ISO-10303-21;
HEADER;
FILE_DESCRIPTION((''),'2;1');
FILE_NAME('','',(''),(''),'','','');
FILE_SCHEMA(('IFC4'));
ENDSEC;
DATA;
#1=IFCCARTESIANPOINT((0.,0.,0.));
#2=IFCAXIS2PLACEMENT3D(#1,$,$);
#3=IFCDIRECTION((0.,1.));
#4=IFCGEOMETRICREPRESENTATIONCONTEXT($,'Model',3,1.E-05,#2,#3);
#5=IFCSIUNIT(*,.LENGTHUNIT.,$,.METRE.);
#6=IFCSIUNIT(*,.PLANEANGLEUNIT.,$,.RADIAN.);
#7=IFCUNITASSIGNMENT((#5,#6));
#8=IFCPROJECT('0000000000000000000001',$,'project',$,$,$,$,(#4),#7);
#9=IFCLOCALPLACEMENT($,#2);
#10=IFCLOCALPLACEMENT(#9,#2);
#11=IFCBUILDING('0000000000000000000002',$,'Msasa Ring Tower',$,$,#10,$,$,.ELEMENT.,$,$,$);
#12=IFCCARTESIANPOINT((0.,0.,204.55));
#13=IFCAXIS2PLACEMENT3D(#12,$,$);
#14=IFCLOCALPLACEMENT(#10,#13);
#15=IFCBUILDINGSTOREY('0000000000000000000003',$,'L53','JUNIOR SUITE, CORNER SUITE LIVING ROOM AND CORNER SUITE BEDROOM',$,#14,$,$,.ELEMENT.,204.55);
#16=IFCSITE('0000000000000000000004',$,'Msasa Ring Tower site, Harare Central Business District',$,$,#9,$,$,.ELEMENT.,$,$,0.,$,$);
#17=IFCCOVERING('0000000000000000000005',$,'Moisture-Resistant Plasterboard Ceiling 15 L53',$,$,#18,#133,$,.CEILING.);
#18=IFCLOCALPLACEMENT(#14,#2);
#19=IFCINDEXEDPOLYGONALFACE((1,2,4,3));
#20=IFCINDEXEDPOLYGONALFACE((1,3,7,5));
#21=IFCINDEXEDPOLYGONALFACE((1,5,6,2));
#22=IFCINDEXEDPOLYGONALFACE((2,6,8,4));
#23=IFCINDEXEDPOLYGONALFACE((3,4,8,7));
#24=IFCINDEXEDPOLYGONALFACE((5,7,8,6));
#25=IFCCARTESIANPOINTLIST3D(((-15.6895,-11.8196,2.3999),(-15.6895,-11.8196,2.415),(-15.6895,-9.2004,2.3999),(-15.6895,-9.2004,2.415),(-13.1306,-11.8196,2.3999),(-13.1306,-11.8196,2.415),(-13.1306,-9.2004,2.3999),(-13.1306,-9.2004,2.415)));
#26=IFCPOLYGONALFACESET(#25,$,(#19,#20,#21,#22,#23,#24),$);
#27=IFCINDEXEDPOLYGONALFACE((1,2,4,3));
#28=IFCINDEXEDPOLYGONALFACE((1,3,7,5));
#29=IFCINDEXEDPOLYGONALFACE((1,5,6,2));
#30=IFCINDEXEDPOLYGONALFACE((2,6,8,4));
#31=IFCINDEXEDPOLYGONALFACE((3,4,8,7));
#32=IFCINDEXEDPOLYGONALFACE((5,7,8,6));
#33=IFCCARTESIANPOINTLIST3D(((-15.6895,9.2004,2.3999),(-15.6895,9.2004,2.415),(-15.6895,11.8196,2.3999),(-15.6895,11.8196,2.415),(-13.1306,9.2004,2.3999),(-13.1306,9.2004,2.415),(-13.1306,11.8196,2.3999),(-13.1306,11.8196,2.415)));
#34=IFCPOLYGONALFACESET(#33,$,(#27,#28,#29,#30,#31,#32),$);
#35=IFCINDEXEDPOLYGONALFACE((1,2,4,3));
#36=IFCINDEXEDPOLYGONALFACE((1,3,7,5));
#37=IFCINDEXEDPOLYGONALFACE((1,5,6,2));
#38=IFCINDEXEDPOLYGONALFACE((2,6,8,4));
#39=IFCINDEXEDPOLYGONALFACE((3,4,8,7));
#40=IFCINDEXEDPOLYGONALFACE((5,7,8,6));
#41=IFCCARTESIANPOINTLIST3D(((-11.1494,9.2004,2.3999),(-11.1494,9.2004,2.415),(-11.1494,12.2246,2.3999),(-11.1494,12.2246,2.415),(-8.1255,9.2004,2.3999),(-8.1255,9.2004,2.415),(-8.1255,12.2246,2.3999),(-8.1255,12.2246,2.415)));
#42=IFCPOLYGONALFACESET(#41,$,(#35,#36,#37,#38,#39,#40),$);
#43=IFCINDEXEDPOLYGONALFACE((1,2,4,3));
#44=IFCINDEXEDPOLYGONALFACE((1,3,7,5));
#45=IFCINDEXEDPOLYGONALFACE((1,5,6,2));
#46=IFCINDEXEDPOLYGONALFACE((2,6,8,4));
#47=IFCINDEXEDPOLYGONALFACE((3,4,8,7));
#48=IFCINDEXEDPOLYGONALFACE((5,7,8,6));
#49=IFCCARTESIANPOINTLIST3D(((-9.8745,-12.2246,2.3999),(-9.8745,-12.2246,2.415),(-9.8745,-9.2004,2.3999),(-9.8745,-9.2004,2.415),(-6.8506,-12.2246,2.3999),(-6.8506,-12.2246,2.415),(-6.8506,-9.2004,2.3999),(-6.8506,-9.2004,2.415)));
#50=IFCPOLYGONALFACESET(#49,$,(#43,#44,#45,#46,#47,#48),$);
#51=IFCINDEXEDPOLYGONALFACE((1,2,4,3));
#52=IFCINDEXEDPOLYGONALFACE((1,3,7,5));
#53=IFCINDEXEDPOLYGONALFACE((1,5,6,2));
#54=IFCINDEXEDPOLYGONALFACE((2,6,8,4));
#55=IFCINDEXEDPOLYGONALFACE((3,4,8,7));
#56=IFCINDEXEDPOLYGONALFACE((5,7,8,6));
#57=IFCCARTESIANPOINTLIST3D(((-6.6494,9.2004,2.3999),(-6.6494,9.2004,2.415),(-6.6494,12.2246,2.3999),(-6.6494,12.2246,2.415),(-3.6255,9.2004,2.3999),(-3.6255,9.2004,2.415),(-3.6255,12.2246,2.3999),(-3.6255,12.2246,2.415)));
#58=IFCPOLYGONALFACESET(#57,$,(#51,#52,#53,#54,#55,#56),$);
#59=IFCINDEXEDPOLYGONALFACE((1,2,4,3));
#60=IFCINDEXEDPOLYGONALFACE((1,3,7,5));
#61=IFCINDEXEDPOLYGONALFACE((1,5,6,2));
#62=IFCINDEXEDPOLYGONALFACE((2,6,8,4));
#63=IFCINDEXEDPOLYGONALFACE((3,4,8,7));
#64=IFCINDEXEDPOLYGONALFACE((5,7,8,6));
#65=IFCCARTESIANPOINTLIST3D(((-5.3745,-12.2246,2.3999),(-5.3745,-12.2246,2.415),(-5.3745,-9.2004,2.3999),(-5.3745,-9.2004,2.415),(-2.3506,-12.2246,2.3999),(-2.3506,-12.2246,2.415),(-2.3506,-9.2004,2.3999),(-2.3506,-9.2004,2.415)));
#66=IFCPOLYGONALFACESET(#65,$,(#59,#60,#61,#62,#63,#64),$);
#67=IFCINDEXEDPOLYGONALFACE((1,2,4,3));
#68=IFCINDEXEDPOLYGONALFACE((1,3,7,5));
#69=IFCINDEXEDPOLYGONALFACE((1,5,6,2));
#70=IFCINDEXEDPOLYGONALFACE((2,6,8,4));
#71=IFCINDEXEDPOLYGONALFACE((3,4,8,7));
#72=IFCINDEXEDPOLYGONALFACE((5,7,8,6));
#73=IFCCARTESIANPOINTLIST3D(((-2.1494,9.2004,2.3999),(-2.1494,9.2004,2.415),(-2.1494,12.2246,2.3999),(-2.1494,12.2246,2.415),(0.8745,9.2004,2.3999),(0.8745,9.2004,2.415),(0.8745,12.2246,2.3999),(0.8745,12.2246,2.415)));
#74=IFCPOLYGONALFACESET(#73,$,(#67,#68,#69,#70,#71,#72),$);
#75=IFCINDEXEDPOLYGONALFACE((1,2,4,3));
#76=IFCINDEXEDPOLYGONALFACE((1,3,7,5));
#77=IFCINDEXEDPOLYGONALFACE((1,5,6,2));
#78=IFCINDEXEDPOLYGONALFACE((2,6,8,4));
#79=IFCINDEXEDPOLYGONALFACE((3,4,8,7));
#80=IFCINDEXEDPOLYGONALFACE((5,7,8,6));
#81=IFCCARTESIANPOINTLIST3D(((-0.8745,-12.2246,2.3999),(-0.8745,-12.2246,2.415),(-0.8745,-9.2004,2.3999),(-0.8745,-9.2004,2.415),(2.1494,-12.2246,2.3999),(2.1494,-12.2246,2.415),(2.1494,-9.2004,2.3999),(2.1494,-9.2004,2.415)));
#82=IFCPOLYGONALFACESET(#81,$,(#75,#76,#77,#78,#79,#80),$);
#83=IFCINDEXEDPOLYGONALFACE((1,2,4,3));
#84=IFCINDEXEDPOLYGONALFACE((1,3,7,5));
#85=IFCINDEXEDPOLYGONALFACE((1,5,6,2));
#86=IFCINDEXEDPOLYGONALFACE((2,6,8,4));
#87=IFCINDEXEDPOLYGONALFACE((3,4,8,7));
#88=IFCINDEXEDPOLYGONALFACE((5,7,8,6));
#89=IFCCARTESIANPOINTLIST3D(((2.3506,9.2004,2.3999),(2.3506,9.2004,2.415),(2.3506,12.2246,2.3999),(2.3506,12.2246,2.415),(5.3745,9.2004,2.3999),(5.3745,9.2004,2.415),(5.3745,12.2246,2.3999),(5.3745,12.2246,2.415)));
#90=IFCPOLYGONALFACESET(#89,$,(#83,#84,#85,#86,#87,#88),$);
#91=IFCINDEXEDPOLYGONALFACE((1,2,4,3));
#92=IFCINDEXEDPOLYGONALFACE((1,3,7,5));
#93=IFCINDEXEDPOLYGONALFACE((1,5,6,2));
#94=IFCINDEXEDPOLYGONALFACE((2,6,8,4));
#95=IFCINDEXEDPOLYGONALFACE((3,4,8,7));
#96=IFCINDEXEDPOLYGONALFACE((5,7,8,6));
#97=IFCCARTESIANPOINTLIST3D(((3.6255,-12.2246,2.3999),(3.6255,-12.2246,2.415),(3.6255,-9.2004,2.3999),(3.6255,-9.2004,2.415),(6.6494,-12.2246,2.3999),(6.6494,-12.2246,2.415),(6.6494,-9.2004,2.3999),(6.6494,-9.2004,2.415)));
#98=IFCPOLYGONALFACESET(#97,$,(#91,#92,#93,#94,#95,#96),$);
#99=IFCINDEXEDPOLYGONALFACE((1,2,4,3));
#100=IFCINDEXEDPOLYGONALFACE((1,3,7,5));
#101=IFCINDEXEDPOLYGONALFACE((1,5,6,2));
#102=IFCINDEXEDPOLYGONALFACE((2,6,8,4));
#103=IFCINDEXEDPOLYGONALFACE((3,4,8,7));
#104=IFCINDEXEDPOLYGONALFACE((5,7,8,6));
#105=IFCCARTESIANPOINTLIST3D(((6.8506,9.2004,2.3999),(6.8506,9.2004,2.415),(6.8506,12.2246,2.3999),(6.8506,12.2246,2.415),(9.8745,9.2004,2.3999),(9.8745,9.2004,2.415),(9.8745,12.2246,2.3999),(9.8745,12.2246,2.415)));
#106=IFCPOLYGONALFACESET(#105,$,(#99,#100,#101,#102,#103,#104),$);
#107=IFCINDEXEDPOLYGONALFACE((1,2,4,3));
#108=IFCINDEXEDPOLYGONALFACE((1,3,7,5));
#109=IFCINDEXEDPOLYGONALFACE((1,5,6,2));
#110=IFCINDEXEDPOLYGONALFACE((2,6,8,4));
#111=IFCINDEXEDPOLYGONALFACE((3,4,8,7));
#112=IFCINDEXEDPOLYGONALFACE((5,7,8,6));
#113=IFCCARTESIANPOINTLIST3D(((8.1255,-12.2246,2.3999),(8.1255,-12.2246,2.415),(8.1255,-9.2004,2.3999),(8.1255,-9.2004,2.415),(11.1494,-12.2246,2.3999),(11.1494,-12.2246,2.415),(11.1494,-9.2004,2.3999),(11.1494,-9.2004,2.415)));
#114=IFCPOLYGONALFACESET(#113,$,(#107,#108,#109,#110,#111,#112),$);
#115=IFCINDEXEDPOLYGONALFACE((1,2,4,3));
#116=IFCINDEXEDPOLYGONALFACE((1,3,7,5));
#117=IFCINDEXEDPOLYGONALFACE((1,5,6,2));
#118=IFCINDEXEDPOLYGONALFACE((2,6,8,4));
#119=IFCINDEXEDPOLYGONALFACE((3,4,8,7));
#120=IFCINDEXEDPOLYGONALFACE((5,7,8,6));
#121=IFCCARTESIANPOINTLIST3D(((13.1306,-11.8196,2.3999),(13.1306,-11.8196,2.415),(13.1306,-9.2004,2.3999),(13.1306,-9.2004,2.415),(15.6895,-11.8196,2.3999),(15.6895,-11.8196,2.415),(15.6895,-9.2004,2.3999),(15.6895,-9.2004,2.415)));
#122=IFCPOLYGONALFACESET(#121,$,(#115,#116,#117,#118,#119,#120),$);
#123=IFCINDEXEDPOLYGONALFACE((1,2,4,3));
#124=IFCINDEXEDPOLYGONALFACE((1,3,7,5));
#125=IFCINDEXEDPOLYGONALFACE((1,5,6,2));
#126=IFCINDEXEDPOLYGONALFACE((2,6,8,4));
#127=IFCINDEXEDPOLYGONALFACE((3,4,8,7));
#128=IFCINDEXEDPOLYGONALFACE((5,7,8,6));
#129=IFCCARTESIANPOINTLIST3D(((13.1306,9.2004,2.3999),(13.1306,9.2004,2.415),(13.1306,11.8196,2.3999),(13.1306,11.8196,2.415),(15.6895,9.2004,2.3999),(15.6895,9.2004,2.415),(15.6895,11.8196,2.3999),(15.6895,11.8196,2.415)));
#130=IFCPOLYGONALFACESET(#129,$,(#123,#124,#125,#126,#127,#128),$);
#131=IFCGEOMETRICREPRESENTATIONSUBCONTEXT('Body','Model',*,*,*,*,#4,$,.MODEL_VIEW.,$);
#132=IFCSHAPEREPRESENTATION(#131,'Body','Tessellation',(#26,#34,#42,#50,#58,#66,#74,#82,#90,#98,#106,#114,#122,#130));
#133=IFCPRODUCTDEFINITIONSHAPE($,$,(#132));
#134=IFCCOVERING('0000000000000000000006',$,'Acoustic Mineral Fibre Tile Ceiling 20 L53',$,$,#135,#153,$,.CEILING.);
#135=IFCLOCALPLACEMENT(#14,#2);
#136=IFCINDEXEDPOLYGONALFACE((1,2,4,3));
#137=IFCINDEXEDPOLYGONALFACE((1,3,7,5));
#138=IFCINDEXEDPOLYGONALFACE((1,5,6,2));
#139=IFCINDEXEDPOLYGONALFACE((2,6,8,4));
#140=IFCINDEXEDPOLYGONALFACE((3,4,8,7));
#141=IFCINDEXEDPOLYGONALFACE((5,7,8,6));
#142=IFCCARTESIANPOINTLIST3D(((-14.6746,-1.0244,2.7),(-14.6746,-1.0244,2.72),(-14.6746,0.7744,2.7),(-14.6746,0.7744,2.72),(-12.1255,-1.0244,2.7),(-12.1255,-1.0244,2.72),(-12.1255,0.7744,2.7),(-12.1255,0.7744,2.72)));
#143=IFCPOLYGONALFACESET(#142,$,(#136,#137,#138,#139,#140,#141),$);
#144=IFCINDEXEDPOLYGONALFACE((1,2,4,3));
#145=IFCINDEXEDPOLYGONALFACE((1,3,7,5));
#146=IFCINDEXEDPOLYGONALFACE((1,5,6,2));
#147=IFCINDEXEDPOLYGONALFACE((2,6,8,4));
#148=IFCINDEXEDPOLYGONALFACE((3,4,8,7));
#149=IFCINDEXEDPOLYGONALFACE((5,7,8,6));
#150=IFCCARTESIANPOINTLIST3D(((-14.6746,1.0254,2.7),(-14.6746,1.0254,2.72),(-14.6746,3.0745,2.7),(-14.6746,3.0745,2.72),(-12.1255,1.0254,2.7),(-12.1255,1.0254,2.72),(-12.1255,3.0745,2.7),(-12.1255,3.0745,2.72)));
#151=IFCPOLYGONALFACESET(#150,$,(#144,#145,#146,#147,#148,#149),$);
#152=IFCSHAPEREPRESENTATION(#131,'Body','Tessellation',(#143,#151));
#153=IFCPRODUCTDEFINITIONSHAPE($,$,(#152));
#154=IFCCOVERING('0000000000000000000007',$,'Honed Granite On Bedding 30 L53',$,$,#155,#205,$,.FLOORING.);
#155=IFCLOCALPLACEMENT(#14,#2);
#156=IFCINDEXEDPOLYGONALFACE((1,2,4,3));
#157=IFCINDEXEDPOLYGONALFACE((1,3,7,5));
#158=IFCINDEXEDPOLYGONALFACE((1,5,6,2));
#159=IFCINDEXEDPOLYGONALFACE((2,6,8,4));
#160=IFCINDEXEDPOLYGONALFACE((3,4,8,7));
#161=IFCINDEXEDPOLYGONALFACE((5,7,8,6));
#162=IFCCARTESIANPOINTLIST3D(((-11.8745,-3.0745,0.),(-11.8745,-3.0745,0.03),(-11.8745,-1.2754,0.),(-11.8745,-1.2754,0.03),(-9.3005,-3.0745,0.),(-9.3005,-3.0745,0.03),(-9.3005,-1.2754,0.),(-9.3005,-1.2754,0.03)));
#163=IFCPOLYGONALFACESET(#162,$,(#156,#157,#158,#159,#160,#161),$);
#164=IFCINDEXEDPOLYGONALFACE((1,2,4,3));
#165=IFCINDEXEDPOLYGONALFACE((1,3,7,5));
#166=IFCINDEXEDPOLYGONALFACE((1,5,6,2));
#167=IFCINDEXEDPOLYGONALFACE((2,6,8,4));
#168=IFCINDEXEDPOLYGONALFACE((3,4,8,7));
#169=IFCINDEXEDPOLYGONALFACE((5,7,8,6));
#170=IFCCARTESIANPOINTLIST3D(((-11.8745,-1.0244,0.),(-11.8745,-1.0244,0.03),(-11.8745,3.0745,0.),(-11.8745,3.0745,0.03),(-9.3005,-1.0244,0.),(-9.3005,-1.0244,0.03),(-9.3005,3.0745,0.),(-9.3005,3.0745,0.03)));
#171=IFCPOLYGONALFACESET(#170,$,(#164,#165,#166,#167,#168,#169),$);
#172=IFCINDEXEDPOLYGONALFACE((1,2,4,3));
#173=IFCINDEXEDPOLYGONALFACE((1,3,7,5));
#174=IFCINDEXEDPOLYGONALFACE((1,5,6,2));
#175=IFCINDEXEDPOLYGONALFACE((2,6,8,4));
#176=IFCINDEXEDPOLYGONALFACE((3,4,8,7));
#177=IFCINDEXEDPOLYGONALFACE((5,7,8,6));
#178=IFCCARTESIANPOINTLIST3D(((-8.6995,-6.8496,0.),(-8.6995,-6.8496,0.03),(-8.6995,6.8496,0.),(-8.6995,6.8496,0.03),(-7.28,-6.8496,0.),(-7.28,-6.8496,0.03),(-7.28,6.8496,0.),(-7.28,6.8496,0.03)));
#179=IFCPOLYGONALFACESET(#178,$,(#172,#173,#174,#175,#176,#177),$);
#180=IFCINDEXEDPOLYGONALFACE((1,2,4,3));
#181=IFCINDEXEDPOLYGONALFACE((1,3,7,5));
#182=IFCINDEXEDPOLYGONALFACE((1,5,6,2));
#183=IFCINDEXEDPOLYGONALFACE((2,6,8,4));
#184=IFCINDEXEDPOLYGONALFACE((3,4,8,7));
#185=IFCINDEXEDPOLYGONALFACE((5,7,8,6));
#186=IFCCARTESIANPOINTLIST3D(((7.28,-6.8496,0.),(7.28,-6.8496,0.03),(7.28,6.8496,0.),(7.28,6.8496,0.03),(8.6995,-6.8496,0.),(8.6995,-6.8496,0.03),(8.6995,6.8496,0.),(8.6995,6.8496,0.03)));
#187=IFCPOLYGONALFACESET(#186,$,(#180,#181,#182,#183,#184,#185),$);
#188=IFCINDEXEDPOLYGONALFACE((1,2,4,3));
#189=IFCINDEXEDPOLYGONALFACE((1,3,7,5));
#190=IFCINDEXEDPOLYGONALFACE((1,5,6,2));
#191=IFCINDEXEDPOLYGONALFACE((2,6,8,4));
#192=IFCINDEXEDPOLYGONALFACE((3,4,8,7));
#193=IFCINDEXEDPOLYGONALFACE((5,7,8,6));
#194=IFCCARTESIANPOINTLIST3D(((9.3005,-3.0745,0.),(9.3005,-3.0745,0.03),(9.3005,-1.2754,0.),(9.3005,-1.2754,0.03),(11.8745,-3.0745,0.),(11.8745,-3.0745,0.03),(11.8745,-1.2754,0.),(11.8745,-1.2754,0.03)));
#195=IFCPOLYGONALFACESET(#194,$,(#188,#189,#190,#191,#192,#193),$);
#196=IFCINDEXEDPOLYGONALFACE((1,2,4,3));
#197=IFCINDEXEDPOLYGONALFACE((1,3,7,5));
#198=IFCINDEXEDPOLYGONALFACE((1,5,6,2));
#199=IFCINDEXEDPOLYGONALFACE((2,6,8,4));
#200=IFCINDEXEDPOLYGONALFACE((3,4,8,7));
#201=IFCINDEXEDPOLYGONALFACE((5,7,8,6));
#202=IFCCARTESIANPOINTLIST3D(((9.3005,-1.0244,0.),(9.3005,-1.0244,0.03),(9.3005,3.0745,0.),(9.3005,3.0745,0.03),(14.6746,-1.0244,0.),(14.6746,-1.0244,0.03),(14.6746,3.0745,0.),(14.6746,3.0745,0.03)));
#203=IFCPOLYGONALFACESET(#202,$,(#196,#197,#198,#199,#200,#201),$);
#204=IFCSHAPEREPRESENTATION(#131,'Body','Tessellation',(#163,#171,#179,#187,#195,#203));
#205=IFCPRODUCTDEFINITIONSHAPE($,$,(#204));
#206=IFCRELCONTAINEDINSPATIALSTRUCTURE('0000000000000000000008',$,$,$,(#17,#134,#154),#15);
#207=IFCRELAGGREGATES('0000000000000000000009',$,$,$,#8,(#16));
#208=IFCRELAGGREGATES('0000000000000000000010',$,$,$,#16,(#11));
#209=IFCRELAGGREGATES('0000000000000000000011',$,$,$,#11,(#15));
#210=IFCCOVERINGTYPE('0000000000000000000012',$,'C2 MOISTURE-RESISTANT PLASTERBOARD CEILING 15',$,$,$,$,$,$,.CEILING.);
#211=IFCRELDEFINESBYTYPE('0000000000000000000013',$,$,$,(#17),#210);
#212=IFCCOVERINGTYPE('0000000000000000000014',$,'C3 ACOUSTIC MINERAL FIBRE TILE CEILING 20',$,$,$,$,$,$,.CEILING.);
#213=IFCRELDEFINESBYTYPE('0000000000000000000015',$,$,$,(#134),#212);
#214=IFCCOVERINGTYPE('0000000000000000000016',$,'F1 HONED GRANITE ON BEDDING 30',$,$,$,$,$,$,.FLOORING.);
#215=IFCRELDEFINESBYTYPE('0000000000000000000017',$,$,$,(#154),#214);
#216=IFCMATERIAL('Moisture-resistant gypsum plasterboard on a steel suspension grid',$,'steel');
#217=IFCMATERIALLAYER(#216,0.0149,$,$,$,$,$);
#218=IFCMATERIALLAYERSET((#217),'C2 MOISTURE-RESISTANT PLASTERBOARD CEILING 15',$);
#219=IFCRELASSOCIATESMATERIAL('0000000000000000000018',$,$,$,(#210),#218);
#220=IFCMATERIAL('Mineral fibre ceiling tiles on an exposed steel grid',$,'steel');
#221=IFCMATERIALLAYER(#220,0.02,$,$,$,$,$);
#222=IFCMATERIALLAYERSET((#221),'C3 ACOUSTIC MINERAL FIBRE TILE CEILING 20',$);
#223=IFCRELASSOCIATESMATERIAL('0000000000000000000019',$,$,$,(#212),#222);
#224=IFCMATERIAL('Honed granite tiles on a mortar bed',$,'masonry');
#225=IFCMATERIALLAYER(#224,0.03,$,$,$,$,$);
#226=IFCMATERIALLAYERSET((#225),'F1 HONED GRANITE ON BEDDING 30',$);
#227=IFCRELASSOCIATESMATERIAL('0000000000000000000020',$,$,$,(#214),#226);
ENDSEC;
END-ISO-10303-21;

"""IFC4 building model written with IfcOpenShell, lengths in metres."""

from ifc_helpers import new_model, si_unit, direction, frame, origin, place, context, subcontext, project, spatial, line, indexed_curve, outline, extrude, material, layer, layer_set, type_object, element, save


model = new_model("IFC4")

# Units and contexts
model_context = context("Model", 3, precision=1e-05, world=origin(), true_north=direction((0.0, 1.0)))
body_context = subcontext(model_context, "Body", "Model", "MODEL_VIEW")
ifc_project = project(units=[si_unit("LENGTHUNIT", "METRE"), si_unit("PLANEANGLEUNIT", "RADIAN")], contexts=[model_context])

# Site, building, storey
site_placement = place(None, origin())
site = spatial("IfcSite", under=ifc_project, at=site_placement, Name="Msasa Ring Tower site, Harare Central Business District", CompositionType="ELEMENT", RefElevation=0.0)
building_placement = place(site_placement, origin())
building = spatial("IfcBuilding", under=site, at=building_placement, Name="Msasa Ring Tower", CompositionType="ELEMENT")
storey_placement = place(building_placement, frame((0.0, 0.0, 204.55)))
storey = spatial("IfcBuildingStorey", under=building, at=storey_placement, Name="L53", Description="JUNIOR SUITE, CORNER SUITE LIVING ROOM AND CORNER SUITE BEDROOM", CompositionType="ELEMENT", Elevation=204.55)

# Coverings
ifc_material_1 = material(Name="Moisture-resistant gypsum plasterboard on a steel suspension grid", Category="steel")
ifc_layer_1 = layer(ifc_material_1, 0.0149)
ifc_layer_set_1 = layer_set([ifc_layer_1], Name="C2 MOISTURE-RESISTANT PLASTERBOARD CEILING 15")
covering_type_1 = type_object("IfcCoveringType", Name="C2 MOISTURE-RESISTANT PLASTERBOARD CEILING 15", PredefinedType="CEILING", material=ifc_layer_set_1)
covering_1_placement = place(storey_placement, frame((0.0, 0.0, 2.3999)))
element("IfcCovering", 1, at=covering_1_placement, inside=storey, type_object=covering_type_1, Name="Moisture-Resistant Plasterboard Ceiling 15 L53", PredefinedType="CEILING", context=body_context, shape_type="SweptSolid", body=[
    extrude(outline(indexed_curve([(-15.6895, -9.2004), (-13.1306, -9.2004), (-13.1306, -11.8196), (-15.6895, -11.8196)], segments=[line(1, 2, 3, 4, 1)], self_intersect=False)), origin(), (0.0, 0.0, 1.0), 0.0151),
    extrude(outline(indexed_curve([(-15.6895, 11.8196), (-13.1306, 11.8196), (-13.1306, 9.2004), (-15.6895, 9.2004)], segments=[line(1, 2, 3, 4, 1)], self_intersect=False)), origin(), (0.0, 0.0, 1.0), 0.0151),
    extrude(outline(indexed_curve([(-11.1494, 12.2246), (-8.1255, 12.2246), (-8.1255, 9.2004), (-11.1494, 9.2004)], segments=[line(1, 2, 3, 4, 1)], self_intersect=False)), origin(), (0.0, 0.0, 1.0), 0.0151),
    extrude(outline(indexed_curve([(-6.8506, -9.2004), (-6.8506, -12.2246), (-9.8745, -12.2246), (-9.8745, -9.2004)], segments=[line(1, 2, 3, 4, 1)], self_intersect=False)), origin(), (0.0, 0.0, 1.0), 0.0151),
    extrude(outline(indexed_curve([(-6.6494, 9.2004), (-6.6494, 12.2246), (-3.6255, 12.2246), (-3.6255, 9.2004)], segments=[line(1, 2, 3, 4, 1)], self_intersect=False)), origin(), (0.0, 0.0, 1.0), 0.0151),
    extrude(outline(indexed_curve([(-2.3506, -9.2004), (-2.3506, -12.2246), (-5.3745, -12.2246), (-5.3745, -9.2004)], segments=[line(1, 2, 3, 4, 1)], self_intersect=False)), origin(), (0.0, 0.0, 1.0), 0.0151),
    extrude(outline(indexed_curve([(-2.1494, 12.2246), (0.8745, 12.2246), (0.8745, 9.2004), (-2.1494, 9.2004)], segments=[line(1, 2, 3, 4, 1)], self_intersect=False)), origin(), (0.0, 0.0, 1.0), 0.0151),
    extrude(outline(indexed_curve([(2.1494, -9.2004), (2.1494, -12.2246), (-0.8745, -12.2246), (-0.8745, -9.2004)], segments=[line(1, 2, 3, 4, 1)], self_intersect=False)), origin(), (0.0, 0.0, 1.0), 0.0151),
    extrude(outline(indexed_curve([(2.3506, 12.2246), (5.3745, 12.2246), (5.3745, 9.2004), (2.3506, 9.2004)], segments=[line(1, 2, 3, 4, 1)], self_intersect=False)), origin(), (0.0, 0.0, 1.0), 0.0151),
    extrude(outline(indexed_curve([(6.6494, -9.2004), (6.6494, -12.2246), (3.6255, -12.2246), (3.6255, -9.2004)], segments=[line(1, 2, 3, 4, 1)], self_intersect=False)), origin(), (0.0, 0.0, 1.0), 0.0151),
    extrude(outline(indexed_curve([(6.8506, 9.2004), (6.8506, 12.2246), (9.8745, 12.2246), (9.8745, 9.2004)], segments=[line(1, 2, 3, 4, 1)], self_intersect=False)), origin(), (0.0, 0.0, 1.0), 0.0151),
    extrude(outline(indexed_curve([(11.1494, -9.2004), (11.1494, -12.2246), (8.1255, -12.2246), (8.1255, -9.2004)], segments=[line(1, 2, 3, 4, 1)], self_intersect=False)), origin(), (0.0, 0.0, 1.0), 0.0151),
    extrude(outline(indexed_curve([(13.1306, -9.2004), (15.6895, -9.2004), (15.6895, -11.8196), (13.1306, -11.8196)], segments=[line(1, 2, 3, 4, 1)], self_intersect=False)), origin(), (0.0, 0.0, 1.0), 0.0151),
    extrude(outline(indexed_curve([(13.1306, 11.8196), (15.6895, 11.8196), (15.6895, 9.2004), (13.1306, 9.2004)], segments=[line(1, 2, 3, 4, 1)], self_intersect=False)), origin(), (0.0, 0.0, 1.0), 0.0151),
])
ifc_material_2 = material(Name="Mineral fibre ceiling tiles on an exposed steel grid", Category="steel")
ifc_layer_2 = layer(ifc_material_2, 0.02)
ifc_layer_set_2 = layer_set([ifc_layer_2], Name="C3 ACOUSTIC MINERAL FIBRE TILE CEILING 20")
covering_type_2 = type_object("IfcCoveringType", Name="C3 ACOUSTIC MINERAL FIBRE TILE CEILING 20", PredefinedType="CEILING", material=ifc_layer_set_2)
covering_2_placement = place(storey_placement, frame((0.0, 0.0, 2.7)))
element("IfcCovering", 2, at=covering_2_placement, inside=storey, type_object=covering_type_2, Name="Acoustic Mineral Fibre Tile Ceiling 20 L53", PredefinedType="CEILING", context=body_context, shape_type="SweptSolid", body=[
    extrude(outline(indexed_curve([(-12.1255, -1.0244), (-14.6746, -1.0244), (-14.6746, 0.7744), (-12.1255, 0.7744)], segments=[line(1, 2, 3, 4, 1)], self_intersect=False)), origin(), (0.0, 0.0, 1.0), 0.02),
    extrude(outline(indexed_curve([(-12.1255, 3.0745), (-12.1255, 1.0254), (-14.6746, 1.0254), (-14.6746, 3.0745)], segments=[line(1, 2, 3, 4, 1)], self_intersect=False)), origin(), (0.0, 0.0, 1.0), 0.02),
])
ifc_material_3 = material(Name="Honed granite tiles on a mortar bed", Category="masonry")
ifc_layer_3 = layer(ifc_material_3, 0.03)
ifc_layer_set_3 = layer_set([ifc_layer_3], Name="F1 HONED GRANITE ON BEDDING 30")
covering_type_3 = type_object("IfcCoveringType", Name="F1 HONED GRANITE ON BEDDING 30", PredefinedType="FLOORING", material=ifc_layer_set_3)
covering_3_placement = place(storey_placement, origin())
element("IfcCovering", 3, at=covering_3_placement, inside=storey, type_object=covering_type_3, Name="Honed Granite On Bedding 30 L53", PredefinedType="FLOORING", context=body_context, shape_type="SweptSolid", body=[
    extrude(outline(indexed_curve([(-11.8745, -3.0745), (-11.8745, -1.2754), (-9.3005, -1.2754), (-9.3005, -3.0745)], segments=[line(1, 2, 3, 4, 1)], self_intersect=False)), origin(), (0.0, 0.0, 1.0), 0.03),
    extrude(outline(indexed_curve([(-11.8745, 3.0745), (-9.3005, 3.0745), (-9.3005, -1.0244), (-11.8745, -1.0244)], segments=[line(1, 2, 3, 4, 1)], self_intersect=False)), origin(), (0.0, 0.0, 1.0), 0.03),
    extrude(outline(indexed_curve([(-8.6995, 6.8496), (-7.28, 6.8496), (-7.28, -6.8496), (-8.6995, -6.8496)], segments=[line(1, 2, 3, 4, 1)], self_intersect=False)), origin(), (0.0, 0.0, 1.0), 0.03),
    extrude(outline(indexed_curve([(7.28, -6.8496), (7.28, 6.8496), (8.6995, 6.8496), (8.6995, -6.8496)], segments=[line(1, 2, 3, 4, 1)], self_intersect=False)), origin(), (0.0, 0.0, 1.0), 0.03),
    extrude(outline(indexed_curve([(9.3005, -1.2754), (11.8745, -1.2754), (11.8745, -3.0745), (9.3005, -3.0745)], segments=[line(1, 2, 3, 4, 1)], self_intersect=False)), origin(), (0.0, 0.0, 1.0), 0.03),
    extrude(outline(indexed_curve([(9.3005, 3.0745), (14.6746, 3.0745), (14.6746, -1.0244), (9.3005, -1.0244)], segments=[line(1, 2, 3, 4, 1)], self_intersect=False)), origin(), (0.0, 0.0, 1.0), 0.03),
])

save(model, "model.ifc")
